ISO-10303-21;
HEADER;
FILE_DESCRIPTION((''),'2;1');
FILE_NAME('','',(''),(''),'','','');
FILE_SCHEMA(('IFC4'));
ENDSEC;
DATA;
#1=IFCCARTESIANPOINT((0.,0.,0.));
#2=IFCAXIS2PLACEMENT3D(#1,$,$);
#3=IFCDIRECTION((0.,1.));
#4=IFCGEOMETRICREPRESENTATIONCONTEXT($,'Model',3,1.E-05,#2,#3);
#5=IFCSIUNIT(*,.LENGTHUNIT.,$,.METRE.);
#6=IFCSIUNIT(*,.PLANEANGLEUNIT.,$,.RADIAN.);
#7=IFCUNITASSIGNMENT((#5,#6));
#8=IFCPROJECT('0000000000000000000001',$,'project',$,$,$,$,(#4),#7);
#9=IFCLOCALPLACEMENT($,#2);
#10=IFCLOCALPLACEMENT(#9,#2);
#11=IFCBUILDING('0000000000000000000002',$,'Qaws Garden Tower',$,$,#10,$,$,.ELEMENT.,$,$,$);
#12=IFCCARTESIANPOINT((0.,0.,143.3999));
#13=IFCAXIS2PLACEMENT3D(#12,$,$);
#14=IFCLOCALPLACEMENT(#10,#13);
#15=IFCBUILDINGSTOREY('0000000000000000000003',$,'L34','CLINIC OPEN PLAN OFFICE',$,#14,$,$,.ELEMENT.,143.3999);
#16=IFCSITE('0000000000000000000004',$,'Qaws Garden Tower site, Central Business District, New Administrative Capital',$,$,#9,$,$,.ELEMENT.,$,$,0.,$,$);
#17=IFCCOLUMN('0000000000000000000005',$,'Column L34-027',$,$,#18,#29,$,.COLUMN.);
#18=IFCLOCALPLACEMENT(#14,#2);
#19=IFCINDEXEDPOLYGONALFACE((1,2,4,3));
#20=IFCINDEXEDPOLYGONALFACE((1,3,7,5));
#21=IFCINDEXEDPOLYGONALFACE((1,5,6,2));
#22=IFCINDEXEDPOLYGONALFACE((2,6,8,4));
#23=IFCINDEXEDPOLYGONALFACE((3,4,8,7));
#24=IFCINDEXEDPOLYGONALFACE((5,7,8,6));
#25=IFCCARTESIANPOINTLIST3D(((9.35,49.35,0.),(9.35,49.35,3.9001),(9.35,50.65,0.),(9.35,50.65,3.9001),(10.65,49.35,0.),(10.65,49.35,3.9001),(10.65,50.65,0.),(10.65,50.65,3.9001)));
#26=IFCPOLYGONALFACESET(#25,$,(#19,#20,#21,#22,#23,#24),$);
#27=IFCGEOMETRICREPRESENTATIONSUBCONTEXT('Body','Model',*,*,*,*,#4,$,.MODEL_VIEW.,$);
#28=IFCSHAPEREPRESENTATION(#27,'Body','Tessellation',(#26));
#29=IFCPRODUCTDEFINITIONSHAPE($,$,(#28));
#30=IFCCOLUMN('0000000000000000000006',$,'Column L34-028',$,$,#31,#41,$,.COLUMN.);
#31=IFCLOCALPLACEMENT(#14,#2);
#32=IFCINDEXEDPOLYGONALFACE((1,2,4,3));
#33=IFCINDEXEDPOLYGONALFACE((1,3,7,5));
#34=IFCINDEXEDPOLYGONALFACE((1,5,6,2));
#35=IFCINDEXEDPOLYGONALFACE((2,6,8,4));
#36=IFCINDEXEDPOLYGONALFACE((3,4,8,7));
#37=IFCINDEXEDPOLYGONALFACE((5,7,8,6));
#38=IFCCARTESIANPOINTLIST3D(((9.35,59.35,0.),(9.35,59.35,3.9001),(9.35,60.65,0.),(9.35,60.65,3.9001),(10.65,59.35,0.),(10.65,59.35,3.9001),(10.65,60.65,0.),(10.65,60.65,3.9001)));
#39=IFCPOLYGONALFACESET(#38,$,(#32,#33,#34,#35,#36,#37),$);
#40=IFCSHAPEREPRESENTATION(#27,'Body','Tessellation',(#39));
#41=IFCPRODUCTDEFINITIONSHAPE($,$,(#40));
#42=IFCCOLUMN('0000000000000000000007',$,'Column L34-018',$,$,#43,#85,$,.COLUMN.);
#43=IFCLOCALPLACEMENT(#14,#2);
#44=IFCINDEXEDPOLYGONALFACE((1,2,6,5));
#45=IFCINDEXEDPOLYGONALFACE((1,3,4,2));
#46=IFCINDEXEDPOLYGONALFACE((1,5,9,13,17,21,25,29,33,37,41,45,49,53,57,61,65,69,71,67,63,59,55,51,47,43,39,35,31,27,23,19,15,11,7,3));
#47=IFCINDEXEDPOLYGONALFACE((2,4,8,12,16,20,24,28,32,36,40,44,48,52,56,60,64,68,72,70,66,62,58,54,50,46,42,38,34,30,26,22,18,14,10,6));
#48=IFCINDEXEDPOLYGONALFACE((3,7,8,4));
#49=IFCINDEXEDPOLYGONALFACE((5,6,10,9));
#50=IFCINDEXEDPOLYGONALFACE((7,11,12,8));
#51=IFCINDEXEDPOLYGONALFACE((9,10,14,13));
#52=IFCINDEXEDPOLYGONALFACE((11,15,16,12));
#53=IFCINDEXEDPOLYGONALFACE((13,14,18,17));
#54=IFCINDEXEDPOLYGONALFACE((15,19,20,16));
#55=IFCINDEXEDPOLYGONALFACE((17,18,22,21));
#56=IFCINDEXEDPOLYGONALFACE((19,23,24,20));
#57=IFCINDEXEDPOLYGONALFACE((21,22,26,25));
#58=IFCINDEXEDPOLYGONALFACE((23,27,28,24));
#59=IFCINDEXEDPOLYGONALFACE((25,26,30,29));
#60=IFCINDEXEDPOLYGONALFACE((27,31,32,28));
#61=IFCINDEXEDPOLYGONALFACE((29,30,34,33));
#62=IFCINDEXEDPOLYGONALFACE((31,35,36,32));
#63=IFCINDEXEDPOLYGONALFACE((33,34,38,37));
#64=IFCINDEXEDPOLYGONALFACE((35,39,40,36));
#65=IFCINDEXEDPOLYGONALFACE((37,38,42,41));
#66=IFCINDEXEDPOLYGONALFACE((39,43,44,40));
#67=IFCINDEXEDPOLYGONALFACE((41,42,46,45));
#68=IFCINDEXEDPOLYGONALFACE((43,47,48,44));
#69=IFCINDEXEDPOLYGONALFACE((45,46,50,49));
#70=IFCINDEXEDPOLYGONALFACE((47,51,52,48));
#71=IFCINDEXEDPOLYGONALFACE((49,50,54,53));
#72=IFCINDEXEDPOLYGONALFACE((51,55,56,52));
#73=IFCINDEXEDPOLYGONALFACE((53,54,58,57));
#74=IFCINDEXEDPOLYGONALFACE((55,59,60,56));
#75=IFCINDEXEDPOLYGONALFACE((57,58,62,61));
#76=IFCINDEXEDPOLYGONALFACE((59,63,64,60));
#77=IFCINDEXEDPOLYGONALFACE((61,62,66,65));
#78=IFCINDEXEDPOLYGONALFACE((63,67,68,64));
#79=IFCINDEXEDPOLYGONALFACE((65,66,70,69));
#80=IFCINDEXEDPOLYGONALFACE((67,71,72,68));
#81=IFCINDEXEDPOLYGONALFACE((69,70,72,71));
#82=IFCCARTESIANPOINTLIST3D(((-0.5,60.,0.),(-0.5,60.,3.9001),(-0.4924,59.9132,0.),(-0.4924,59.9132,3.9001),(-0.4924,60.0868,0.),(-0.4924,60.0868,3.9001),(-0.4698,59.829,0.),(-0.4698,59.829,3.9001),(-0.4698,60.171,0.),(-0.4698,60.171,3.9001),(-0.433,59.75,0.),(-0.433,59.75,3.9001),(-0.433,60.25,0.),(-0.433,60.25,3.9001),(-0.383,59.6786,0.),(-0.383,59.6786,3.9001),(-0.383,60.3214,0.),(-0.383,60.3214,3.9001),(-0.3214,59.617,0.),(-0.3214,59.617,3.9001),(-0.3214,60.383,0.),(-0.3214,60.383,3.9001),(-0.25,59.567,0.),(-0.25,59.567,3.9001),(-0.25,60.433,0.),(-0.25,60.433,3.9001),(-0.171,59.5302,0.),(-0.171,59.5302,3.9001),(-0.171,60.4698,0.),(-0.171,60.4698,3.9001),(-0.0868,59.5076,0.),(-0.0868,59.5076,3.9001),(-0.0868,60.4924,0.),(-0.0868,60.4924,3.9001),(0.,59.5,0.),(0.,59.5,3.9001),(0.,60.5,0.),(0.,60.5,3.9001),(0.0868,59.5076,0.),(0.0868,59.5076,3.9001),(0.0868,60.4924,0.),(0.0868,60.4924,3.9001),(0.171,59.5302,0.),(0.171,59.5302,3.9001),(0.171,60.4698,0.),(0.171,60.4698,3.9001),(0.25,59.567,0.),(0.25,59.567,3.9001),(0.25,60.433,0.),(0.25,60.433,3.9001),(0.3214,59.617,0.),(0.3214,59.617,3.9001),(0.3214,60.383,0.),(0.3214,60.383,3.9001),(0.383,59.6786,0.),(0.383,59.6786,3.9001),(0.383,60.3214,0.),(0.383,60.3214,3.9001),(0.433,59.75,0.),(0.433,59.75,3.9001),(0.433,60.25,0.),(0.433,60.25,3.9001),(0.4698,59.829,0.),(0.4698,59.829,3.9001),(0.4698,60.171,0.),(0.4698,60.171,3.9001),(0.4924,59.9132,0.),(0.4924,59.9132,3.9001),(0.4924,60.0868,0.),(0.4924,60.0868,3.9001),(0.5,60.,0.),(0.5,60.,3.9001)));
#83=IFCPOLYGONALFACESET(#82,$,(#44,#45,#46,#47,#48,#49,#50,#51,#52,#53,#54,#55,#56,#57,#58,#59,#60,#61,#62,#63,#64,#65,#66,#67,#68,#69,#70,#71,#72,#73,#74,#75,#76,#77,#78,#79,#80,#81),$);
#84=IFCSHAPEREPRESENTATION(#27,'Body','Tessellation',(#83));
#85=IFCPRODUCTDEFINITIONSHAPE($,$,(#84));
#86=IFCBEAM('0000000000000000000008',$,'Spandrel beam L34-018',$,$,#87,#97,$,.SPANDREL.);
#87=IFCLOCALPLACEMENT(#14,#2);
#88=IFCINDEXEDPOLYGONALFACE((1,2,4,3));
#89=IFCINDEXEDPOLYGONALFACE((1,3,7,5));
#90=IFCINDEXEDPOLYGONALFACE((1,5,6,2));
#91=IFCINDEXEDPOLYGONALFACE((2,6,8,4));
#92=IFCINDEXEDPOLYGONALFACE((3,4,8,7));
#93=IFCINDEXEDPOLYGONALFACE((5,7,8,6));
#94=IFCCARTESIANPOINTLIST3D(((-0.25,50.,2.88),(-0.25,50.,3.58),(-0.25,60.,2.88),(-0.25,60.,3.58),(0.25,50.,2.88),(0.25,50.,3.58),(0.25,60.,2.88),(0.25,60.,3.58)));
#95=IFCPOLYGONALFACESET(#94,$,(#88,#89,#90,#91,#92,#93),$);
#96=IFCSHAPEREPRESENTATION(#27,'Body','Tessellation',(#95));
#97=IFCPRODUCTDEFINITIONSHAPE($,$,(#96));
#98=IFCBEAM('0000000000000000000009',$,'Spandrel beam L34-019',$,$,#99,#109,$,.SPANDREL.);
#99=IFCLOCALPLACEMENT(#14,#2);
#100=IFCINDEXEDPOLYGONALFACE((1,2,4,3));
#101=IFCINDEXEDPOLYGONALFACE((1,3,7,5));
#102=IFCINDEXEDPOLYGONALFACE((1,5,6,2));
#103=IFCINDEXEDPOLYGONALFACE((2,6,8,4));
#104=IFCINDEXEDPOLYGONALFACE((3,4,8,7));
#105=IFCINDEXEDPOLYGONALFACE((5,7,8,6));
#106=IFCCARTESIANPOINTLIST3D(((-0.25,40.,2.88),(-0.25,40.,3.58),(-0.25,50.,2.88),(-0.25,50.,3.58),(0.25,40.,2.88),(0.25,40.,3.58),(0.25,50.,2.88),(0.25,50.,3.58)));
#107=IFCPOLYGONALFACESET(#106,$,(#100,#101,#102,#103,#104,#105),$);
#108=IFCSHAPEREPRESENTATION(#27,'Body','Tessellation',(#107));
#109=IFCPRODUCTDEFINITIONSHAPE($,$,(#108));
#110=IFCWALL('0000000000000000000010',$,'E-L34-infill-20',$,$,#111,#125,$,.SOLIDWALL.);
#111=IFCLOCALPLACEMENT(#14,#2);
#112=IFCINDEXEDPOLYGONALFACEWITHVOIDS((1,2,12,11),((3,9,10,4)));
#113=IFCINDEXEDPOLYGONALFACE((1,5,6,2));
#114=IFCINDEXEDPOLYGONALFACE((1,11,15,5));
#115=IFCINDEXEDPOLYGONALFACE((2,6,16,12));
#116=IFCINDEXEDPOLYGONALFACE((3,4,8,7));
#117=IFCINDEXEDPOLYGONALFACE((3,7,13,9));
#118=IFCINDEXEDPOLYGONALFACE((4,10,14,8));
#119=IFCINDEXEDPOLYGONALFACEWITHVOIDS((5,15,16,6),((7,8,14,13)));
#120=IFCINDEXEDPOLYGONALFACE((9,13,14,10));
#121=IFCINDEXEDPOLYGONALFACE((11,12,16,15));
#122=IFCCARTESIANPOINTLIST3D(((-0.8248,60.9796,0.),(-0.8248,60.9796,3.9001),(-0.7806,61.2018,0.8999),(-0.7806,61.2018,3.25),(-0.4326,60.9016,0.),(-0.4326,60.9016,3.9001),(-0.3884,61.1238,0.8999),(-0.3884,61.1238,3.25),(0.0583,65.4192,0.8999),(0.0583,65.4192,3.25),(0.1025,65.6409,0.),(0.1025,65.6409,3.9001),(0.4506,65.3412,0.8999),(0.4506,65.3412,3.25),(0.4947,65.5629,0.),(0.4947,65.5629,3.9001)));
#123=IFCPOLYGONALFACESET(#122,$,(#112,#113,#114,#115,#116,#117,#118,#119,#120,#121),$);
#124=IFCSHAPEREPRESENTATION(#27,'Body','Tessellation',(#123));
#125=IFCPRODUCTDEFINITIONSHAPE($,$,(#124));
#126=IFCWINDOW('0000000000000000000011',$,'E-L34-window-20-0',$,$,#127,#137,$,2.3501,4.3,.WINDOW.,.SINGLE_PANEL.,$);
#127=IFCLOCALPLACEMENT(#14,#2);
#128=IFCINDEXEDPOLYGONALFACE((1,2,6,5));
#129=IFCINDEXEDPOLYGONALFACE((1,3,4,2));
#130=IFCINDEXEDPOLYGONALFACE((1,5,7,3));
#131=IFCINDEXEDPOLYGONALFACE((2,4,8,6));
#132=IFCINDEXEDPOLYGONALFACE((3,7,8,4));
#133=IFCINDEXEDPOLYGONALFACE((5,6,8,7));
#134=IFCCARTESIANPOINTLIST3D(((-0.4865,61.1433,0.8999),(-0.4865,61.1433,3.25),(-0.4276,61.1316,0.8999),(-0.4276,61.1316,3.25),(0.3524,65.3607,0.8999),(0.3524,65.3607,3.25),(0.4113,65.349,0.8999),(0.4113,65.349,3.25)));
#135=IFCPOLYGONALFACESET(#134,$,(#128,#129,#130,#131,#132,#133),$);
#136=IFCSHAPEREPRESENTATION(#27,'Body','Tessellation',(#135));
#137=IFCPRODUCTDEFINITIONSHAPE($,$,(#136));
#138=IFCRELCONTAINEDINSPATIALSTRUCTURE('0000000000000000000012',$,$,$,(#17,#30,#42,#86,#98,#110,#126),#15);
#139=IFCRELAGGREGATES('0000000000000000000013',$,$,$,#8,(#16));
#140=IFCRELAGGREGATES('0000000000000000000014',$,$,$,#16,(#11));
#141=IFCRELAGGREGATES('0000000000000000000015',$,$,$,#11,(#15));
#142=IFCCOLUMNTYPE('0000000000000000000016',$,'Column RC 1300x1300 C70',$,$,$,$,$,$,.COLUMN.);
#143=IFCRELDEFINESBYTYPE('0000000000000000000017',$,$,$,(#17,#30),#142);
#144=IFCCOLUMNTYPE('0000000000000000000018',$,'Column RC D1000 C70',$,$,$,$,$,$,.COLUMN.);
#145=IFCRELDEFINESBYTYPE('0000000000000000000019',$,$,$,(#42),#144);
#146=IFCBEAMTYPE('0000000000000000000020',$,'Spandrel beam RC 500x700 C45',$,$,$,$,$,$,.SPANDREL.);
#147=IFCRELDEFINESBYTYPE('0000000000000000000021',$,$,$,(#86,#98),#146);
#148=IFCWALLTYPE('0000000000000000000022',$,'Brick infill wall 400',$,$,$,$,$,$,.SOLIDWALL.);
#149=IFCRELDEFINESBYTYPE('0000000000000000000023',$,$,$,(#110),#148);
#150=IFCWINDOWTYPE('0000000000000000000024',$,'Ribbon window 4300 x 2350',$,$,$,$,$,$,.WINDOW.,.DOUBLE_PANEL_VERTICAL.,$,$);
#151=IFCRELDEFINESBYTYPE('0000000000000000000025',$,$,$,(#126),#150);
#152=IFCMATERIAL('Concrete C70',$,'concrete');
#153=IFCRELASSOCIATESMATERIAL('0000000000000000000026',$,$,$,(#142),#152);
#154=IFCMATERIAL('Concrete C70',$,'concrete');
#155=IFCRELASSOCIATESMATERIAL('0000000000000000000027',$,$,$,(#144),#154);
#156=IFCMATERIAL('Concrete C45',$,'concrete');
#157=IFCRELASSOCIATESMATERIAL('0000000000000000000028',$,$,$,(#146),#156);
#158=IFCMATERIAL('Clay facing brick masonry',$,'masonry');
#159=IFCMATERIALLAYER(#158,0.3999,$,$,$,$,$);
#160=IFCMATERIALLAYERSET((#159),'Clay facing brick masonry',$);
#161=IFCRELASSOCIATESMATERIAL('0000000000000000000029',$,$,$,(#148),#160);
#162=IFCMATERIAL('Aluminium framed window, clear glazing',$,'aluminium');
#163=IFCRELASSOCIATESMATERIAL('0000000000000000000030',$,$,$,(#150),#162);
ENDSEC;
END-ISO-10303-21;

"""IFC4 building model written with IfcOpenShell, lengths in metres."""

from ifc_helpers import new_model, si_unit, direction, frame, frame_2d, origin, origin_2d, place, context, subcontext, project, spatial, rectangle, circle, extrude, material, layer, layer_set, material_profile, profile_set, type_object, element, fill, save


model = new_model("IFC4")

# Units and contexts
model_context = context("Model", 3, precision=1e-05, world=origin(), true_north=direction((0.0, 1.0)))
body_context = subcontext(model_context, "Body", "Model", "MODEL_VIEW")
ifc_project = project(units=[si_unit("LENGTHUNIT", "METRE"), si_unit("PLANEANGLEUNIT", "RADIAN")], contexts=[model_context])

# Site, building, storey
site_placement = place(None, origin())
site = spatial("IfcSite", under=ifc_project, at=site_placement, Name="Qaws Garden Tower site, Central Business District, New Administrative Capital", CompositionType="ELEMENT", RefElevation=0.0)
building_placement = place(site_placement, origin())
building = spatial("IfcBuilding", under=site, at=building_placement, Name="Qaws Garden Tower", CompositionType="ELEMENT")
storey_placement = place(building_placement, frame((0.0, 0.0, 143.3999)))
storey = spatial("IfcBuildingStorey", under=building, at=storey_placement, Name="L34", Description="CLINIC OPEN PLAN OFFICE", CompositionType="ELEMENT", Elevation=143.3999)

# Columns
ifc_material_1 = material(Name="Concrete C70", Category="concrete")
ifc_material_profile_1 = material_profile(ifc_material_1, rectangle(XDim=1.3, YDim=1.3, at=origin_2d()), Name="RC 1300x1300")
ifc_profile_set_1 = profile_set([ifc_material_profile_1], Name="Concrete C70")
column_type_1 = type_object("IfcColumnType", Name="Column RC 1300x1300 C70", PredefinedType="COLUMN", material=ifc_profile_set_1)
for number, where, z_axis, x_axis, name in (
    (1, (10.0, 50.0, 0.0), (0.0, 0.0, 1.0), (1.0, 0.0, 0.0), "Column L34-027"),
    (2, (10.0, 60.0, 0.0), (0.0, 0.0, 1.0), (1.0, 0.0, 0.0), "Column L34-028"),
):
    element("IfcColumn", number, at=place(storey_placement, frame(where, z_axis=z_axis, x_axis=x_axis)), inside=storey, type_object=column_type_1, Name=name, PredefinedType="COLUMN", context=body_context, shape_type="SweptSolid", body=[
        extrude(rectangle(XDim=1.3, YDim=1.3, at=origin_2d()), origin(), (0.0, 0.0, 1.0), 3.9001),
    ])
ifc_material_2 = material(Name="Concrete C70", Category="concrete")
ifc_material_profile_2 = material_profile(ifc_material_2, circle(Radius=0.5, at=origin_2d()), Name="RC D1000")
ifc_profile_set_2 = profile_set([ifc_material_profile_2], Name="Concrete C70")
column_type_2 = type_object("IfcColumnType", Name="Column RC D1000 C70", PredefinedType="COLUMN", material=ifc_profile_set_2)
column_placement = place(storey_placement, frame((0.0, 60.0, 0.0), z_axis=(0.0, 0.0, 1.0), x_axis=(1.0, 0.0, 0.0)))
element("IfcColumn", 3, at=column_placement, inside=storey, type_object=column_type_2, Name="Column L34-018", PredefinedType="COLUMN", context=body_context, shape_type="SweptSolid", body=[
    extrude(circle(Radius=0.5, at=origin_2d()), origin(), (0.0, 0.0, 1.0), 3.9001),
])

# Beams
ifc_material_3 = material(Name="Concrete C45", Category="concrete")
ifc_material_profile_3 = material_profile(ifc_material_3, rectangle(XDim=0.5, YDim=0.7, at=origin_2d()), Name="RC 500x700")
ifc_profile_set_3 = profile_set([ifc_material_profile_3], Name="Concrete C45")
beam_type = type_object("IfcBeamType", Name="Spandrel beam RC 500x700 C45", PredefinedType="SPANDREL", material=ifc_profile_set_3)
for number, where, z_axis, x_axis, name in (
    (4, (0.0, 60.0, 3.23), (0.0, -1.0, 0.0), (1.0, 0.0, 0.0), "Spandrel beam L34-018"),
    (5, (0.0, 50.0, 3.23), (0.0, -1.0, 0.0), (1.0, 0.0, 0.0), "Spandrel beam L34-019"),
):
    element("IfcBeam", number, at=place(storey_placement, frame(where, z_axis=z_axis, x_axis=x_axis)), inside=storey, type_object=beam_type, Name=name, PredefinedType="SPANDREL", context=body_context, shape_type="SweptSolid", body=[
        extrude(rectangle(XDim=0.5, YDim=0.7, at=origin_2d()), origin(), (0.0, 0.0, 1.0), 10.0),
    ])

# Wall, opening, window
ifc_material_4 = material(Name="Clay facing brick masonry", Category="masonry")
ifc_layer_1 = layer(ifc_material_4, 0.3999)
ifc_layer_set_1 = layer_set([ifc_layer_1], Name="Clay facing brick masonry")
wall_type_1 = type_object("IfcWallType", Name="Brick infill wall 400", PredefinedType="SOLIDWALL", material=ifc_layer_set_1)
wall_1_placement = place(storey_placement, frame((0.2986, 65.6021, 0.0), z_axis=(0.0, 0.0, 1.0), x_axis=(-0.195099, -0.980784, 0.0)))
wall_1 = element("IfcWall", 6, at=wall_1_placement, inside=storey, type_object=wall_type_1, Name="E-L34-infill-20", PredefinedType="SOLIDWALL", context=body_context, shape_type="SweptSolid", body=[
    extrude(rectangle(XDim=4.7527, YDim=0.3999, at=frame_2d((2.3765, 0.0))), origin(), (0.0, 0.0, 1.0), 3.9001),
])
opening_1_placement = place(wall_1_placement, frame((0.2263, 0.0, 0.8999)))
opening_1 = element("IfcOpeningElement", 7, at=opening_1_placement, cuts=wall_1, PredefinedType="OPENING", context=body_context, shape_type="SweptSolid", body=[
    extrude(rectangle(XDim=4.3, YDim=2.3501, at=frame_2d((2.1499, 1.175))), frame((0.0, 0.21, 0.0), z_axis=(0.0, -1.0, 0.0), x_axis=(1.0, 0.0, 0.0)), (0.0, 0.0, 1.0), 0.4199),
])
ifc_material_5 = material(Name="Aluminium framed window, clear glazing", Category="aluminium")
window_type_1 = type_object("IfcWindowType", Name="Ribbon window 4300 x 2350", PartitioningType="DOUBLE_PANEL_VERTICAL", PredefinedType="WINDOW", material=ifc_material_5)
window_1_placement = place(opening_1_placement, origin())
window_1 = element("IfcWindow", 8, at=window_1_placement, inside=storey, type_object=window_type_1, Name="E-L34-window-20-0", OverallHeight=2.3501, OverallWidth=4.3, PartitioningType="SINGLE_PANEL", PredefinedType="WINDOW", context=body_context, shape_type="SweptSolid", body=[
    extrude(rectangle(XDim=4.3, YDim=2.3501, at=frame_2d((2.1499, 1.175))), frame((0.0, 0.1599, 0.0), z_axis=(0.0, -1.0, 0.0), x_axis=(1.0, 0.0, 0.0)), (0.0, 0.0, 1.0), 0.0601),
])
fill(opening_1, window_1)

save(model, "model.ifc")
